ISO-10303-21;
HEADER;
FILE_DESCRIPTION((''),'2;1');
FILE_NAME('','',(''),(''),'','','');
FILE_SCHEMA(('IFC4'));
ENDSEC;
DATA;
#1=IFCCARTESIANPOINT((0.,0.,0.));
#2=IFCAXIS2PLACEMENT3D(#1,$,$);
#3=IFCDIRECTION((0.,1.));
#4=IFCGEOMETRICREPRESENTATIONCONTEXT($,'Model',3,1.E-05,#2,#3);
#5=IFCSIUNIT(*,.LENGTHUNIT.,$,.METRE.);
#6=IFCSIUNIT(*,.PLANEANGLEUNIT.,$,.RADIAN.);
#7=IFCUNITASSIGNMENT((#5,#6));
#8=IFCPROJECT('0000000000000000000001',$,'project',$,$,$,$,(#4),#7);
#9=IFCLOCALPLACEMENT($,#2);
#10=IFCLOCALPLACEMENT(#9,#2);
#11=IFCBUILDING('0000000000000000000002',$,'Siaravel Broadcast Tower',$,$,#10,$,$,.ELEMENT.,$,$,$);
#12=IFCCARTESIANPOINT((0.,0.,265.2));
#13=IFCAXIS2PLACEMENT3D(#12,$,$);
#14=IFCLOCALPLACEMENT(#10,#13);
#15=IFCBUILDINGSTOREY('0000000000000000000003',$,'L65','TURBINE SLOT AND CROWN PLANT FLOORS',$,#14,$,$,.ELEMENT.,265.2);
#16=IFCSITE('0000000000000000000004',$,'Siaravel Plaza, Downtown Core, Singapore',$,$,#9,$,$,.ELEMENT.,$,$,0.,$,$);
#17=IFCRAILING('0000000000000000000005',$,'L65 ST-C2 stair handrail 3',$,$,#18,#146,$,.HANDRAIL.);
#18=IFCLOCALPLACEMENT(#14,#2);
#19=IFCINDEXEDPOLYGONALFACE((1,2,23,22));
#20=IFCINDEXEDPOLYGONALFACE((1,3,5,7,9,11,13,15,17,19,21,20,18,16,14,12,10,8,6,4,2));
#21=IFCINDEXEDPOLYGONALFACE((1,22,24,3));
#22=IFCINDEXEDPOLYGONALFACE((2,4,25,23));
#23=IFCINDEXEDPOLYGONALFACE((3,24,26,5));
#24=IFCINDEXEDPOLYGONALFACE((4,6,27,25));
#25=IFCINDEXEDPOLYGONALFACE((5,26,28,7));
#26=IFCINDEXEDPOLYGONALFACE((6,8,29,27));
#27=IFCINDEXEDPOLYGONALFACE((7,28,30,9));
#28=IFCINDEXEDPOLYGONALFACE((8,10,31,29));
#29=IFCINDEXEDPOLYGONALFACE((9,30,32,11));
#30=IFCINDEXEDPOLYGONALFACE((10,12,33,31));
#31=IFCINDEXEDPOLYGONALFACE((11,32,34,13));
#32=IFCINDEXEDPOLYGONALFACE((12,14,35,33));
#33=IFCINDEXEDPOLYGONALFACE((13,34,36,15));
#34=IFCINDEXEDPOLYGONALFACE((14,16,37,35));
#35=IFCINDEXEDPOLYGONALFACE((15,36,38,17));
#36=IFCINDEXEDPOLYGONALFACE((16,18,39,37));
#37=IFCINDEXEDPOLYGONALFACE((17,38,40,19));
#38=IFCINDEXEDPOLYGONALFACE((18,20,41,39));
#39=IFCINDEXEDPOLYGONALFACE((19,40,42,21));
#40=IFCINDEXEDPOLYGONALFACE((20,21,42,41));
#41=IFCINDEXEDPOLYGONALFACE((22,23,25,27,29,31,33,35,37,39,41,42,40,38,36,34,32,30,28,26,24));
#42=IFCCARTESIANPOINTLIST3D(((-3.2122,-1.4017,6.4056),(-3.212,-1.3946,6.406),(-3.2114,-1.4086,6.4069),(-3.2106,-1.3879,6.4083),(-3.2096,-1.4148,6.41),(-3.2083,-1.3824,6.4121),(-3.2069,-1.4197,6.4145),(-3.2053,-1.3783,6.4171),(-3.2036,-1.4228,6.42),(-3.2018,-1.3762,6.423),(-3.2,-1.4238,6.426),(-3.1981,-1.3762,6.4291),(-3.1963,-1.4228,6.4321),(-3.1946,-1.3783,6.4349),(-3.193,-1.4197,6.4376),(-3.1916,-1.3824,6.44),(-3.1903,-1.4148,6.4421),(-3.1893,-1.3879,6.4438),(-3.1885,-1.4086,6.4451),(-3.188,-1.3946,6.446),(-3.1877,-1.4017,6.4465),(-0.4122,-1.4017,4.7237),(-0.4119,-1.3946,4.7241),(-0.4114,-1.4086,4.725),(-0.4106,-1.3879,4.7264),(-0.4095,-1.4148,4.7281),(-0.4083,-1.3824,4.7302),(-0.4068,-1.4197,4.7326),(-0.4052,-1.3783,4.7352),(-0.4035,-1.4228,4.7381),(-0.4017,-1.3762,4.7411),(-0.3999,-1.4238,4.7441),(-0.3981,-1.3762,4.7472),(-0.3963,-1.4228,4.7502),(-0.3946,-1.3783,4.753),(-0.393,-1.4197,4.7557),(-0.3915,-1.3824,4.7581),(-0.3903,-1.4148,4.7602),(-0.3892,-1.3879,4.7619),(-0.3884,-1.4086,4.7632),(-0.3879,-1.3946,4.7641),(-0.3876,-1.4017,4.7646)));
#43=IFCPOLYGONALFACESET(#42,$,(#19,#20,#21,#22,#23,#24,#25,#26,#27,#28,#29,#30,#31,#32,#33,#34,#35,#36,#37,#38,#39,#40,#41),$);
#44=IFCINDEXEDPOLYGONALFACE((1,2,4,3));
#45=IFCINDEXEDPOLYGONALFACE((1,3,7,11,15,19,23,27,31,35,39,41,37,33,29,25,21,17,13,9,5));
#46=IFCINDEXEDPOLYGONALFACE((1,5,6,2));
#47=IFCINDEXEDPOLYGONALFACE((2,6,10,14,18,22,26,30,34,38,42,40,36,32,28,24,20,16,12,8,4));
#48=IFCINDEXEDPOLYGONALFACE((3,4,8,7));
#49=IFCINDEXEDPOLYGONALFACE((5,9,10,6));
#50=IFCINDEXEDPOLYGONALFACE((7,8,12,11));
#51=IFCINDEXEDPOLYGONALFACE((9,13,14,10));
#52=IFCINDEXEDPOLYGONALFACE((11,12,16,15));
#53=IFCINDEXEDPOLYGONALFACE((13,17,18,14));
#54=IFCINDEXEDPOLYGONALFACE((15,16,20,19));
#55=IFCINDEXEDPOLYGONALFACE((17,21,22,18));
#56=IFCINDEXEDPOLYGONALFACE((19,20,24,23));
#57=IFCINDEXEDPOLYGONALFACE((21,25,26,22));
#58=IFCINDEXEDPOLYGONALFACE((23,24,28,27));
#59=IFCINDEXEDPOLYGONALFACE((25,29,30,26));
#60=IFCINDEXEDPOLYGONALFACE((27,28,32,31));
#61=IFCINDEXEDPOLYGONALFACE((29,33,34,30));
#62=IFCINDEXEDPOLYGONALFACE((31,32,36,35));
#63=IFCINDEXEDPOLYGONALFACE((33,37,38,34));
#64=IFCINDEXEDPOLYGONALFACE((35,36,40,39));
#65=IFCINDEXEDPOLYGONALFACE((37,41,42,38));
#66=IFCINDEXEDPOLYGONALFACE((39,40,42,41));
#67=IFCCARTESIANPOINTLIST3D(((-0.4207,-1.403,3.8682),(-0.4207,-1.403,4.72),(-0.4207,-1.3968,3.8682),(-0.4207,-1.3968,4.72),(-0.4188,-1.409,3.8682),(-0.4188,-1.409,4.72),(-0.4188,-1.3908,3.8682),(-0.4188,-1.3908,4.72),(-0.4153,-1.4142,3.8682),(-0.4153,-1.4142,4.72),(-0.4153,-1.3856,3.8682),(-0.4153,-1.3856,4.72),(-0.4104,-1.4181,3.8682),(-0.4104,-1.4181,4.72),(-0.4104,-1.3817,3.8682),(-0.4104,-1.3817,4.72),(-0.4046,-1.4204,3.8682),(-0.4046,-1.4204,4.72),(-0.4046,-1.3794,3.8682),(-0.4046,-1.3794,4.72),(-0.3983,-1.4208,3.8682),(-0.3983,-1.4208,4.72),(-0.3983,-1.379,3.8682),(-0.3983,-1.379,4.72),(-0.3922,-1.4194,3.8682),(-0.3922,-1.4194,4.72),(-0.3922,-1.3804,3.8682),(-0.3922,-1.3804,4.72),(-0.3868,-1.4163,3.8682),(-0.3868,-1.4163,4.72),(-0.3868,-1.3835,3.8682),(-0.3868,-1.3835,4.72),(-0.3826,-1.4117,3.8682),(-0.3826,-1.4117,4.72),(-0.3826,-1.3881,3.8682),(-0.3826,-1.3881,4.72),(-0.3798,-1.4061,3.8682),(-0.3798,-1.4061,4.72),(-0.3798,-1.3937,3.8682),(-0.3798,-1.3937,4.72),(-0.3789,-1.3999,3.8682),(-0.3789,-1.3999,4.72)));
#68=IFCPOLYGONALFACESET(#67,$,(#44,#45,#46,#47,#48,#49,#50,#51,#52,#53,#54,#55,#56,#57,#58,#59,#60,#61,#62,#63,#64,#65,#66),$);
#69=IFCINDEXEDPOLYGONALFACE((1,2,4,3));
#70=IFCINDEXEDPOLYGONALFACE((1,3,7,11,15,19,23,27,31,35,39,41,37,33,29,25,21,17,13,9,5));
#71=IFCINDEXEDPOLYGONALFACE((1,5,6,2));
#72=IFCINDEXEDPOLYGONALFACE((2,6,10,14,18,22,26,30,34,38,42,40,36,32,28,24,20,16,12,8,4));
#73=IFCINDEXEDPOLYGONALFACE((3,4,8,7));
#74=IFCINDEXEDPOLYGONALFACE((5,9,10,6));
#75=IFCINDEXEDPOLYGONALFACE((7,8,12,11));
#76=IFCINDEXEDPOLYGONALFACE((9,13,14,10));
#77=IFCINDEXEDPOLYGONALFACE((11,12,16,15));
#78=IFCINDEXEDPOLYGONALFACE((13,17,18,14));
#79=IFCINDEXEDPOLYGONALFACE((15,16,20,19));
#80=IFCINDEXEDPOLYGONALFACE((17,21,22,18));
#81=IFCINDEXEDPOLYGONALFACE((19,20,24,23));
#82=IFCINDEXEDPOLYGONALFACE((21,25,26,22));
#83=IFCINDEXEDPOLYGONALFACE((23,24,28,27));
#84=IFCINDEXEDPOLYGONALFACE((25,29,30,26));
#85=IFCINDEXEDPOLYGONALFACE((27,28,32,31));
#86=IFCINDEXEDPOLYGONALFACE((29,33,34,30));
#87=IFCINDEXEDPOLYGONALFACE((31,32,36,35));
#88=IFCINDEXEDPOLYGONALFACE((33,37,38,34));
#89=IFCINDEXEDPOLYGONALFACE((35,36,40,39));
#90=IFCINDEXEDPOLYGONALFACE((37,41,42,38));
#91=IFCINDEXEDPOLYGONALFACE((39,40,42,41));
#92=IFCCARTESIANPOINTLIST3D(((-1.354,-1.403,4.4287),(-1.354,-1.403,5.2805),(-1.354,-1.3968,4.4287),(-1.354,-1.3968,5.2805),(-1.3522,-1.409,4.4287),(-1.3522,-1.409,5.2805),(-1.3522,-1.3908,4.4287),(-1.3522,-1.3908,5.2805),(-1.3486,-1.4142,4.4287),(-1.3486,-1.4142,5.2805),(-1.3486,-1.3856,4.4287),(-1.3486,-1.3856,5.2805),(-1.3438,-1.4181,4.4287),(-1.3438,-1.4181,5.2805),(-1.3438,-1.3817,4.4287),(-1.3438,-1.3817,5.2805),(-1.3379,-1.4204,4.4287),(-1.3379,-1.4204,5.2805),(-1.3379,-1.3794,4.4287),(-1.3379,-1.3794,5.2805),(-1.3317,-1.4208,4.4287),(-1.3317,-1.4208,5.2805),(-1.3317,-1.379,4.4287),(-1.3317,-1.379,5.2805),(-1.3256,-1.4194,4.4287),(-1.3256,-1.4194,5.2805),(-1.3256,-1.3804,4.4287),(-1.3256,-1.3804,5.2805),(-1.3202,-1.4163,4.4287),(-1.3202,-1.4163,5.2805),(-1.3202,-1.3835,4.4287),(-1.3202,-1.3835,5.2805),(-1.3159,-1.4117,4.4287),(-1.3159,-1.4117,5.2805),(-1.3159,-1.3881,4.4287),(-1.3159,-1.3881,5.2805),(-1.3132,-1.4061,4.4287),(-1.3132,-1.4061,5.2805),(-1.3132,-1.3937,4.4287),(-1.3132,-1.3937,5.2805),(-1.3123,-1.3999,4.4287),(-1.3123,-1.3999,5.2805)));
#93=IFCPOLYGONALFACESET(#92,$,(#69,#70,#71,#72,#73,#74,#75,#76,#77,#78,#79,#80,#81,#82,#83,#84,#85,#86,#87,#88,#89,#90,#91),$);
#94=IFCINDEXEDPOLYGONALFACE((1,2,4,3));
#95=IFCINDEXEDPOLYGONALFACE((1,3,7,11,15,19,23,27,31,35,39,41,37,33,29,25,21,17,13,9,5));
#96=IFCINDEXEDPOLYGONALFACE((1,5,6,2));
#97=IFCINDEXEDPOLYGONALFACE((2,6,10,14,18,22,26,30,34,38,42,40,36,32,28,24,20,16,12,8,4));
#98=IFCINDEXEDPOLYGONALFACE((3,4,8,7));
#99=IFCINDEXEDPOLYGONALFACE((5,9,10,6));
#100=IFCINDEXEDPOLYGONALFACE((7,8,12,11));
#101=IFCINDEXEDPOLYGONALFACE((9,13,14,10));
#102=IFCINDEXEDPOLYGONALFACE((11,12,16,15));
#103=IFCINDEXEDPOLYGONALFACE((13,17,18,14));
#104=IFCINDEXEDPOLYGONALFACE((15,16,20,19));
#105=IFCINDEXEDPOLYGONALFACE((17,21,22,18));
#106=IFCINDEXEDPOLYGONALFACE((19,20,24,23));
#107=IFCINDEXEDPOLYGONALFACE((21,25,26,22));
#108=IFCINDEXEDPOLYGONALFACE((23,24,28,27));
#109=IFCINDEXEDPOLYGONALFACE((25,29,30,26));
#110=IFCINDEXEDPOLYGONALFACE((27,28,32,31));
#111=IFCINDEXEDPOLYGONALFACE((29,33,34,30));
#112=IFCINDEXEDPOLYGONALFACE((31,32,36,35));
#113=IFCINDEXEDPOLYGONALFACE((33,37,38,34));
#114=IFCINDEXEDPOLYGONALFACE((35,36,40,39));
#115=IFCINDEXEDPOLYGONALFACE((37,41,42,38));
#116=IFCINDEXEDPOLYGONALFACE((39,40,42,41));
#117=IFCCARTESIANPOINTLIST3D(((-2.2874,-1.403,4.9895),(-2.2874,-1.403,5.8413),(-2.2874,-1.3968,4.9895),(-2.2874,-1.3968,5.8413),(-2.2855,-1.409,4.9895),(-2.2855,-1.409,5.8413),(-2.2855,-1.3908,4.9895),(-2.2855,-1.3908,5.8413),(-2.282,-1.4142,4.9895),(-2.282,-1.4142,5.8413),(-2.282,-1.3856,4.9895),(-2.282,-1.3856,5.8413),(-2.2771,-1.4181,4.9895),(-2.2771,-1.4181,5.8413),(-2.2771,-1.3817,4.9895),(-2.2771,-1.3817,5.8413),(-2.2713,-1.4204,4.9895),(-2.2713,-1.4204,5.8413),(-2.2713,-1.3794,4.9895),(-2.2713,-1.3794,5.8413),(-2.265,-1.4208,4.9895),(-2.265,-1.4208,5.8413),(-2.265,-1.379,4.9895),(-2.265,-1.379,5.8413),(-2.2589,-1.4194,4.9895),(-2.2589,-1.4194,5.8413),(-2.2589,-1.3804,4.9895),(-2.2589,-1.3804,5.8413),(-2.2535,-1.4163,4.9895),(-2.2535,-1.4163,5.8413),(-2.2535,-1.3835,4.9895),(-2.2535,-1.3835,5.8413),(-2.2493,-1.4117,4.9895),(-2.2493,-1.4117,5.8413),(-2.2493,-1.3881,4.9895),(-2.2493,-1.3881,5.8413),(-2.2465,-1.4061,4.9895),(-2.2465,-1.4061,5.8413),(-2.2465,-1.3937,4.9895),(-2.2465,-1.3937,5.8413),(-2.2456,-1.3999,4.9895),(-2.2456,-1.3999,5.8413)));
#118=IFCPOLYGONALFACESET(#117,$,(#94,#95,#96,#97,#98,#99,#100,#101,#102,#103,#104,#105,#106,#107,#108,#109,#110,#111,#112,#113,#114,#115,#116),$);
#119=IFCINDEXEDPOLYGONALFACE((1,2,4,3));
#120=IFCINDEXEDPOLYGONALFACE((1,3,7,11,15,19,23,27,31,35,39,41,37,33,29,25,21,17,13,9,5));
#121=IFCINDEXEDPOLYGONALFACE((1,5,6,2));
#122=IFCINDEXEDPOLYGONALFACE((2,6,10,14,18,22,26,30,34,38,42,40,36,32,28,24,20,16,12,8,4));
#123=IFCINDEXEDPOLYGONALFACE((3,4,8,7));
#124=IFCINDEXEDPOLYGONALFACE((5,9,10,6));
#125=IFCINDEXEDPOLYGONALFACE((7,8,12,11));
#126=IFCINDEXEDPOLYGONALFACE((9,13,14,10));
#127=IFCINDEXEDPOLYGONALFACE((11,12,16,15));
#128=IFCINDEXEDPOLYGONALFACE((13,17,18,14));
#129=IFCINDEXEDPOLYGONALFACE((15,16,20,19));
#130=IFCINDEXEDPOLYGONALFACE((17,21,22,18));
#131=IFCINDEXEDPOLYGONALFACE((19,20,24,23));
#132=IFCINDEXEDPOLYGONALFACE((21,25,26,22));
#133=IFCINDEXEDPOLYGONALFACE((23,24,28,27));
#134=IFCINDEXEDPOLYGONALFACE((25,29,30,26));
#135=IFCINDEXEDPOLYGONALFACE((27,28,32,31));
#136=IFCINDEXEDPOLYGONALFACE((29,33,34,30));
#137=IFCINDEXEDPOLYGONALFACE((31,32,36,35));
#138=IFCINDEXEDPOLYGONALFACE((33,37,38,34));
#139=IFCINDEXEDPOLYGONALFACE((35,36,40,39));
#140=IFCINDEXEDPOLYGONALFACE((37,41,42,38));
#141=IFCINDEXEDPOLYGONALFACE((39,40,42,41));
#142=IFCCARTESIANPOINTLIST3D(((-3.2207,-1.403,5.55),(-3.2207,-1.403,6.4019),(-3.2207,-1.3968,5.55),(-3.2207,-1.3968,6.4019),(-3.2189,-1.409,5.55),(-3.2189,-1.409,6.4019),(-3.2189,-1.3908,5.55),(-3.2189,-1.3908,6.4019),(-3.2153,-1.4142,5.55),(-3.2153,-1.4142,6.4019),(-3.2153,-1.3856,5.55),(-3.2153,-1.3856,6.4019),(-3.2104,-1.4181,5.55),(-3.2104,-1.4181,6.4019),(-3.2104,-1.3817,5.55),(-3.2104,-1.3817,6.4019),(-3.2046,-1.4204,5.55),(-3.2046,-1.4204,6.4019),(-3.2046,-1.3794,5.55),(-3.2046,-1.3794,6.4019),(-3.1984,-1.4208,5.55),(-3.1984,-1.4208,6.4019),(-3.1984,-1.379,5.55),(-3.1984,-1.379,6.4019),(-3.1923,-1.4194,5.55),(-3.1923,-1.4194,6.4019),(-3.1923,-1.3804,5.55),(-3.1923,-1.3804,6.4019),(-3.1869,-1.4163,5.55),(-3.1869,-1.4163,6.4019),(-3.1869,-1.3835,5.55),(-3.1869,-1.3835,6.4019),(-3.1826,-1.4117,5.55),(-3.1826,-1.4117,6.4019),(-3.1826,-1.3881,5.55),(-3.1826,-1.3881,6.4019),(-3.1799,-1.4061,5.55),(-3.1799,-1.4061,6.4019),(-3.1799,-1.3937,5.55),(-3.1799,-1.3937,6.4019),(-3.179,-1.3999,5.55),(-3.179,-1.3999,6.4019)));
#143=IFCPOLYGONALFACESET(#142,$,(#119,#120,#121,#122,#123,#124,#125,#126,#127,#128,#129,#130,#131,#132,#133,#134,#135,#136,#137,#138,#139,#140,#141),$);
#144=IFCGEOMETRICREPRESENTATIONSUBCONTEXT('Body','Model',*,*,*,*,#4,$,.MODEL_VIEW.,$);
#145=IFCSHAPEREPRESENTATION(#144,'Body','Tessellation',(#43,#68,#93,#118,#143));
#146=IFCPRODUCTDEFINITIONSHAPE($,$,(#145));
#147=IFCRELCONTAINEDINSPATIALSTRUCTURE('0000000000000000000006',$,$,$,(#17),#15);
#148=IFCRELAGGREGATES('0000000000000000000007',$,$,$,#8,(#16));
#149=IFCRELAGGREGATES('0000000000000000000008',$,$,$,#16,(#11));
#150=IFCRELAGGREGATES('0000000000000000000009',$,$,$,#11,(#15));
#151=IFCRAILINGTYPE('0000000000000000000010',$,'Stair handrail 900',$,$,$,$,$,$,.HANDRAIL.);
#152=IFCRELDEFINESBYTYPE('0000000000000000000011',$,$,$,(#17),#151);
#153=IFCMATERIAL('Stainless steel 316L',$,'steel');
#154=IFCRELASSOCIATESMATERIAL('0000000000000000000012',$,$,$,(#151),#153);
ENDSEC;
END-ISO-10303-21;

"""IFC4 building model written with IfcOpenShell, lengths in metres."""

from ifc_helpers import new_model, si_unit, direction, frame, origin, origin_2d, place, context, subcontext, project, spatial, circle, extrude, material, type_object, element, save


model = new_model("IFC4")

# Units and contexts
model_context = context("Model", 3, precision=1e-05, world=origin(), true_north=direction((0.0, 1.0)))
body_context = subcontext(model_context, "Body", "Model", "MODEL_VIEW")
ifc_project = project(units=[si_unit("LENGTHUNIT", "METRE"), si_unit("PLANEANGLEUNIT", "RADIAN")], contexts=[model_context])

# Site, building, storey
site_placement = place(None, origin())
site = spatial("IfcSite", under=ifc_project, at=site_placement, Name="Siaravel Plaza, Downtown Core, Singapore", CompositionType="ELEMENT", RefElevation=0.0)
building_placement = place(site_placement, origin())
building = spatial("IfcBuilding", under=site, at=building_placement, Name="Siaravel Broadcast Tower", CompositionType="ELEMENT")
storey_placement = place(building_placement, frame((0.0, 0.0, 265.2)))
storey = spatial("IfcBuildingStorey", under=building, at=storey_placement, Name="L65", Description="TURBINE SLOT AND CROWN PLANT FLOORS", CompositionType="ELEMENT", Elevation=265.2)

# Railing
ifc_material_1 = material(Name="Stainless steel 316L", Category="steel")
railing_type_1 = type_object("IfcRailingType", Name="Stair handrail 900", PredefinedType="HANDRAIL", material=ifc_material_1)
railing_1_placement = place(storey_placement, frame((-0.3999, -1.3999, 3.8682)))
element("IfcRailing", 1, at=railing_1_placement, inside=storey, type_object=railing_type_1, Name="L65 ST-C2 stair handrail 3", PredefinedType="HANDRAIL", context=body_context, shape_type="SweptSolid", body=[
    extrude(circle(Radius=0.0239, at=origin_2d()), frame((0.0, 0.0, 0.876), z_axis=(-0.857242, 0.0, 0.514913), x_axis=(0.0, -1.0, 0.0)), (0.0, 0.0, 1.0), 3.2664),
    extrude(circle(Radius=0.021, at=origin_2d()), origin(), (0.0, 0.0, 1.0), 0.8518),
    extrude(circle(Radius=0.021, at=origin_2d()), frame((-0.9333, 0.0, 0.5605)), (0.0, 0.0, 1.0), 0.8518),
    extrude(circle(Radius=0.021, at=origin_2d()), frame((-1.8667, 0.0, 1.1213)), (0.0, 0.0, 1.0), 0.8518),
    extrude(circle(Radius=0.021, at=origin_2d()), frame((-2.8, 0.0, 1.6819)), (0.0, 0.0, 1.0), 0.8518),
])

save(model, "model.ifc")
